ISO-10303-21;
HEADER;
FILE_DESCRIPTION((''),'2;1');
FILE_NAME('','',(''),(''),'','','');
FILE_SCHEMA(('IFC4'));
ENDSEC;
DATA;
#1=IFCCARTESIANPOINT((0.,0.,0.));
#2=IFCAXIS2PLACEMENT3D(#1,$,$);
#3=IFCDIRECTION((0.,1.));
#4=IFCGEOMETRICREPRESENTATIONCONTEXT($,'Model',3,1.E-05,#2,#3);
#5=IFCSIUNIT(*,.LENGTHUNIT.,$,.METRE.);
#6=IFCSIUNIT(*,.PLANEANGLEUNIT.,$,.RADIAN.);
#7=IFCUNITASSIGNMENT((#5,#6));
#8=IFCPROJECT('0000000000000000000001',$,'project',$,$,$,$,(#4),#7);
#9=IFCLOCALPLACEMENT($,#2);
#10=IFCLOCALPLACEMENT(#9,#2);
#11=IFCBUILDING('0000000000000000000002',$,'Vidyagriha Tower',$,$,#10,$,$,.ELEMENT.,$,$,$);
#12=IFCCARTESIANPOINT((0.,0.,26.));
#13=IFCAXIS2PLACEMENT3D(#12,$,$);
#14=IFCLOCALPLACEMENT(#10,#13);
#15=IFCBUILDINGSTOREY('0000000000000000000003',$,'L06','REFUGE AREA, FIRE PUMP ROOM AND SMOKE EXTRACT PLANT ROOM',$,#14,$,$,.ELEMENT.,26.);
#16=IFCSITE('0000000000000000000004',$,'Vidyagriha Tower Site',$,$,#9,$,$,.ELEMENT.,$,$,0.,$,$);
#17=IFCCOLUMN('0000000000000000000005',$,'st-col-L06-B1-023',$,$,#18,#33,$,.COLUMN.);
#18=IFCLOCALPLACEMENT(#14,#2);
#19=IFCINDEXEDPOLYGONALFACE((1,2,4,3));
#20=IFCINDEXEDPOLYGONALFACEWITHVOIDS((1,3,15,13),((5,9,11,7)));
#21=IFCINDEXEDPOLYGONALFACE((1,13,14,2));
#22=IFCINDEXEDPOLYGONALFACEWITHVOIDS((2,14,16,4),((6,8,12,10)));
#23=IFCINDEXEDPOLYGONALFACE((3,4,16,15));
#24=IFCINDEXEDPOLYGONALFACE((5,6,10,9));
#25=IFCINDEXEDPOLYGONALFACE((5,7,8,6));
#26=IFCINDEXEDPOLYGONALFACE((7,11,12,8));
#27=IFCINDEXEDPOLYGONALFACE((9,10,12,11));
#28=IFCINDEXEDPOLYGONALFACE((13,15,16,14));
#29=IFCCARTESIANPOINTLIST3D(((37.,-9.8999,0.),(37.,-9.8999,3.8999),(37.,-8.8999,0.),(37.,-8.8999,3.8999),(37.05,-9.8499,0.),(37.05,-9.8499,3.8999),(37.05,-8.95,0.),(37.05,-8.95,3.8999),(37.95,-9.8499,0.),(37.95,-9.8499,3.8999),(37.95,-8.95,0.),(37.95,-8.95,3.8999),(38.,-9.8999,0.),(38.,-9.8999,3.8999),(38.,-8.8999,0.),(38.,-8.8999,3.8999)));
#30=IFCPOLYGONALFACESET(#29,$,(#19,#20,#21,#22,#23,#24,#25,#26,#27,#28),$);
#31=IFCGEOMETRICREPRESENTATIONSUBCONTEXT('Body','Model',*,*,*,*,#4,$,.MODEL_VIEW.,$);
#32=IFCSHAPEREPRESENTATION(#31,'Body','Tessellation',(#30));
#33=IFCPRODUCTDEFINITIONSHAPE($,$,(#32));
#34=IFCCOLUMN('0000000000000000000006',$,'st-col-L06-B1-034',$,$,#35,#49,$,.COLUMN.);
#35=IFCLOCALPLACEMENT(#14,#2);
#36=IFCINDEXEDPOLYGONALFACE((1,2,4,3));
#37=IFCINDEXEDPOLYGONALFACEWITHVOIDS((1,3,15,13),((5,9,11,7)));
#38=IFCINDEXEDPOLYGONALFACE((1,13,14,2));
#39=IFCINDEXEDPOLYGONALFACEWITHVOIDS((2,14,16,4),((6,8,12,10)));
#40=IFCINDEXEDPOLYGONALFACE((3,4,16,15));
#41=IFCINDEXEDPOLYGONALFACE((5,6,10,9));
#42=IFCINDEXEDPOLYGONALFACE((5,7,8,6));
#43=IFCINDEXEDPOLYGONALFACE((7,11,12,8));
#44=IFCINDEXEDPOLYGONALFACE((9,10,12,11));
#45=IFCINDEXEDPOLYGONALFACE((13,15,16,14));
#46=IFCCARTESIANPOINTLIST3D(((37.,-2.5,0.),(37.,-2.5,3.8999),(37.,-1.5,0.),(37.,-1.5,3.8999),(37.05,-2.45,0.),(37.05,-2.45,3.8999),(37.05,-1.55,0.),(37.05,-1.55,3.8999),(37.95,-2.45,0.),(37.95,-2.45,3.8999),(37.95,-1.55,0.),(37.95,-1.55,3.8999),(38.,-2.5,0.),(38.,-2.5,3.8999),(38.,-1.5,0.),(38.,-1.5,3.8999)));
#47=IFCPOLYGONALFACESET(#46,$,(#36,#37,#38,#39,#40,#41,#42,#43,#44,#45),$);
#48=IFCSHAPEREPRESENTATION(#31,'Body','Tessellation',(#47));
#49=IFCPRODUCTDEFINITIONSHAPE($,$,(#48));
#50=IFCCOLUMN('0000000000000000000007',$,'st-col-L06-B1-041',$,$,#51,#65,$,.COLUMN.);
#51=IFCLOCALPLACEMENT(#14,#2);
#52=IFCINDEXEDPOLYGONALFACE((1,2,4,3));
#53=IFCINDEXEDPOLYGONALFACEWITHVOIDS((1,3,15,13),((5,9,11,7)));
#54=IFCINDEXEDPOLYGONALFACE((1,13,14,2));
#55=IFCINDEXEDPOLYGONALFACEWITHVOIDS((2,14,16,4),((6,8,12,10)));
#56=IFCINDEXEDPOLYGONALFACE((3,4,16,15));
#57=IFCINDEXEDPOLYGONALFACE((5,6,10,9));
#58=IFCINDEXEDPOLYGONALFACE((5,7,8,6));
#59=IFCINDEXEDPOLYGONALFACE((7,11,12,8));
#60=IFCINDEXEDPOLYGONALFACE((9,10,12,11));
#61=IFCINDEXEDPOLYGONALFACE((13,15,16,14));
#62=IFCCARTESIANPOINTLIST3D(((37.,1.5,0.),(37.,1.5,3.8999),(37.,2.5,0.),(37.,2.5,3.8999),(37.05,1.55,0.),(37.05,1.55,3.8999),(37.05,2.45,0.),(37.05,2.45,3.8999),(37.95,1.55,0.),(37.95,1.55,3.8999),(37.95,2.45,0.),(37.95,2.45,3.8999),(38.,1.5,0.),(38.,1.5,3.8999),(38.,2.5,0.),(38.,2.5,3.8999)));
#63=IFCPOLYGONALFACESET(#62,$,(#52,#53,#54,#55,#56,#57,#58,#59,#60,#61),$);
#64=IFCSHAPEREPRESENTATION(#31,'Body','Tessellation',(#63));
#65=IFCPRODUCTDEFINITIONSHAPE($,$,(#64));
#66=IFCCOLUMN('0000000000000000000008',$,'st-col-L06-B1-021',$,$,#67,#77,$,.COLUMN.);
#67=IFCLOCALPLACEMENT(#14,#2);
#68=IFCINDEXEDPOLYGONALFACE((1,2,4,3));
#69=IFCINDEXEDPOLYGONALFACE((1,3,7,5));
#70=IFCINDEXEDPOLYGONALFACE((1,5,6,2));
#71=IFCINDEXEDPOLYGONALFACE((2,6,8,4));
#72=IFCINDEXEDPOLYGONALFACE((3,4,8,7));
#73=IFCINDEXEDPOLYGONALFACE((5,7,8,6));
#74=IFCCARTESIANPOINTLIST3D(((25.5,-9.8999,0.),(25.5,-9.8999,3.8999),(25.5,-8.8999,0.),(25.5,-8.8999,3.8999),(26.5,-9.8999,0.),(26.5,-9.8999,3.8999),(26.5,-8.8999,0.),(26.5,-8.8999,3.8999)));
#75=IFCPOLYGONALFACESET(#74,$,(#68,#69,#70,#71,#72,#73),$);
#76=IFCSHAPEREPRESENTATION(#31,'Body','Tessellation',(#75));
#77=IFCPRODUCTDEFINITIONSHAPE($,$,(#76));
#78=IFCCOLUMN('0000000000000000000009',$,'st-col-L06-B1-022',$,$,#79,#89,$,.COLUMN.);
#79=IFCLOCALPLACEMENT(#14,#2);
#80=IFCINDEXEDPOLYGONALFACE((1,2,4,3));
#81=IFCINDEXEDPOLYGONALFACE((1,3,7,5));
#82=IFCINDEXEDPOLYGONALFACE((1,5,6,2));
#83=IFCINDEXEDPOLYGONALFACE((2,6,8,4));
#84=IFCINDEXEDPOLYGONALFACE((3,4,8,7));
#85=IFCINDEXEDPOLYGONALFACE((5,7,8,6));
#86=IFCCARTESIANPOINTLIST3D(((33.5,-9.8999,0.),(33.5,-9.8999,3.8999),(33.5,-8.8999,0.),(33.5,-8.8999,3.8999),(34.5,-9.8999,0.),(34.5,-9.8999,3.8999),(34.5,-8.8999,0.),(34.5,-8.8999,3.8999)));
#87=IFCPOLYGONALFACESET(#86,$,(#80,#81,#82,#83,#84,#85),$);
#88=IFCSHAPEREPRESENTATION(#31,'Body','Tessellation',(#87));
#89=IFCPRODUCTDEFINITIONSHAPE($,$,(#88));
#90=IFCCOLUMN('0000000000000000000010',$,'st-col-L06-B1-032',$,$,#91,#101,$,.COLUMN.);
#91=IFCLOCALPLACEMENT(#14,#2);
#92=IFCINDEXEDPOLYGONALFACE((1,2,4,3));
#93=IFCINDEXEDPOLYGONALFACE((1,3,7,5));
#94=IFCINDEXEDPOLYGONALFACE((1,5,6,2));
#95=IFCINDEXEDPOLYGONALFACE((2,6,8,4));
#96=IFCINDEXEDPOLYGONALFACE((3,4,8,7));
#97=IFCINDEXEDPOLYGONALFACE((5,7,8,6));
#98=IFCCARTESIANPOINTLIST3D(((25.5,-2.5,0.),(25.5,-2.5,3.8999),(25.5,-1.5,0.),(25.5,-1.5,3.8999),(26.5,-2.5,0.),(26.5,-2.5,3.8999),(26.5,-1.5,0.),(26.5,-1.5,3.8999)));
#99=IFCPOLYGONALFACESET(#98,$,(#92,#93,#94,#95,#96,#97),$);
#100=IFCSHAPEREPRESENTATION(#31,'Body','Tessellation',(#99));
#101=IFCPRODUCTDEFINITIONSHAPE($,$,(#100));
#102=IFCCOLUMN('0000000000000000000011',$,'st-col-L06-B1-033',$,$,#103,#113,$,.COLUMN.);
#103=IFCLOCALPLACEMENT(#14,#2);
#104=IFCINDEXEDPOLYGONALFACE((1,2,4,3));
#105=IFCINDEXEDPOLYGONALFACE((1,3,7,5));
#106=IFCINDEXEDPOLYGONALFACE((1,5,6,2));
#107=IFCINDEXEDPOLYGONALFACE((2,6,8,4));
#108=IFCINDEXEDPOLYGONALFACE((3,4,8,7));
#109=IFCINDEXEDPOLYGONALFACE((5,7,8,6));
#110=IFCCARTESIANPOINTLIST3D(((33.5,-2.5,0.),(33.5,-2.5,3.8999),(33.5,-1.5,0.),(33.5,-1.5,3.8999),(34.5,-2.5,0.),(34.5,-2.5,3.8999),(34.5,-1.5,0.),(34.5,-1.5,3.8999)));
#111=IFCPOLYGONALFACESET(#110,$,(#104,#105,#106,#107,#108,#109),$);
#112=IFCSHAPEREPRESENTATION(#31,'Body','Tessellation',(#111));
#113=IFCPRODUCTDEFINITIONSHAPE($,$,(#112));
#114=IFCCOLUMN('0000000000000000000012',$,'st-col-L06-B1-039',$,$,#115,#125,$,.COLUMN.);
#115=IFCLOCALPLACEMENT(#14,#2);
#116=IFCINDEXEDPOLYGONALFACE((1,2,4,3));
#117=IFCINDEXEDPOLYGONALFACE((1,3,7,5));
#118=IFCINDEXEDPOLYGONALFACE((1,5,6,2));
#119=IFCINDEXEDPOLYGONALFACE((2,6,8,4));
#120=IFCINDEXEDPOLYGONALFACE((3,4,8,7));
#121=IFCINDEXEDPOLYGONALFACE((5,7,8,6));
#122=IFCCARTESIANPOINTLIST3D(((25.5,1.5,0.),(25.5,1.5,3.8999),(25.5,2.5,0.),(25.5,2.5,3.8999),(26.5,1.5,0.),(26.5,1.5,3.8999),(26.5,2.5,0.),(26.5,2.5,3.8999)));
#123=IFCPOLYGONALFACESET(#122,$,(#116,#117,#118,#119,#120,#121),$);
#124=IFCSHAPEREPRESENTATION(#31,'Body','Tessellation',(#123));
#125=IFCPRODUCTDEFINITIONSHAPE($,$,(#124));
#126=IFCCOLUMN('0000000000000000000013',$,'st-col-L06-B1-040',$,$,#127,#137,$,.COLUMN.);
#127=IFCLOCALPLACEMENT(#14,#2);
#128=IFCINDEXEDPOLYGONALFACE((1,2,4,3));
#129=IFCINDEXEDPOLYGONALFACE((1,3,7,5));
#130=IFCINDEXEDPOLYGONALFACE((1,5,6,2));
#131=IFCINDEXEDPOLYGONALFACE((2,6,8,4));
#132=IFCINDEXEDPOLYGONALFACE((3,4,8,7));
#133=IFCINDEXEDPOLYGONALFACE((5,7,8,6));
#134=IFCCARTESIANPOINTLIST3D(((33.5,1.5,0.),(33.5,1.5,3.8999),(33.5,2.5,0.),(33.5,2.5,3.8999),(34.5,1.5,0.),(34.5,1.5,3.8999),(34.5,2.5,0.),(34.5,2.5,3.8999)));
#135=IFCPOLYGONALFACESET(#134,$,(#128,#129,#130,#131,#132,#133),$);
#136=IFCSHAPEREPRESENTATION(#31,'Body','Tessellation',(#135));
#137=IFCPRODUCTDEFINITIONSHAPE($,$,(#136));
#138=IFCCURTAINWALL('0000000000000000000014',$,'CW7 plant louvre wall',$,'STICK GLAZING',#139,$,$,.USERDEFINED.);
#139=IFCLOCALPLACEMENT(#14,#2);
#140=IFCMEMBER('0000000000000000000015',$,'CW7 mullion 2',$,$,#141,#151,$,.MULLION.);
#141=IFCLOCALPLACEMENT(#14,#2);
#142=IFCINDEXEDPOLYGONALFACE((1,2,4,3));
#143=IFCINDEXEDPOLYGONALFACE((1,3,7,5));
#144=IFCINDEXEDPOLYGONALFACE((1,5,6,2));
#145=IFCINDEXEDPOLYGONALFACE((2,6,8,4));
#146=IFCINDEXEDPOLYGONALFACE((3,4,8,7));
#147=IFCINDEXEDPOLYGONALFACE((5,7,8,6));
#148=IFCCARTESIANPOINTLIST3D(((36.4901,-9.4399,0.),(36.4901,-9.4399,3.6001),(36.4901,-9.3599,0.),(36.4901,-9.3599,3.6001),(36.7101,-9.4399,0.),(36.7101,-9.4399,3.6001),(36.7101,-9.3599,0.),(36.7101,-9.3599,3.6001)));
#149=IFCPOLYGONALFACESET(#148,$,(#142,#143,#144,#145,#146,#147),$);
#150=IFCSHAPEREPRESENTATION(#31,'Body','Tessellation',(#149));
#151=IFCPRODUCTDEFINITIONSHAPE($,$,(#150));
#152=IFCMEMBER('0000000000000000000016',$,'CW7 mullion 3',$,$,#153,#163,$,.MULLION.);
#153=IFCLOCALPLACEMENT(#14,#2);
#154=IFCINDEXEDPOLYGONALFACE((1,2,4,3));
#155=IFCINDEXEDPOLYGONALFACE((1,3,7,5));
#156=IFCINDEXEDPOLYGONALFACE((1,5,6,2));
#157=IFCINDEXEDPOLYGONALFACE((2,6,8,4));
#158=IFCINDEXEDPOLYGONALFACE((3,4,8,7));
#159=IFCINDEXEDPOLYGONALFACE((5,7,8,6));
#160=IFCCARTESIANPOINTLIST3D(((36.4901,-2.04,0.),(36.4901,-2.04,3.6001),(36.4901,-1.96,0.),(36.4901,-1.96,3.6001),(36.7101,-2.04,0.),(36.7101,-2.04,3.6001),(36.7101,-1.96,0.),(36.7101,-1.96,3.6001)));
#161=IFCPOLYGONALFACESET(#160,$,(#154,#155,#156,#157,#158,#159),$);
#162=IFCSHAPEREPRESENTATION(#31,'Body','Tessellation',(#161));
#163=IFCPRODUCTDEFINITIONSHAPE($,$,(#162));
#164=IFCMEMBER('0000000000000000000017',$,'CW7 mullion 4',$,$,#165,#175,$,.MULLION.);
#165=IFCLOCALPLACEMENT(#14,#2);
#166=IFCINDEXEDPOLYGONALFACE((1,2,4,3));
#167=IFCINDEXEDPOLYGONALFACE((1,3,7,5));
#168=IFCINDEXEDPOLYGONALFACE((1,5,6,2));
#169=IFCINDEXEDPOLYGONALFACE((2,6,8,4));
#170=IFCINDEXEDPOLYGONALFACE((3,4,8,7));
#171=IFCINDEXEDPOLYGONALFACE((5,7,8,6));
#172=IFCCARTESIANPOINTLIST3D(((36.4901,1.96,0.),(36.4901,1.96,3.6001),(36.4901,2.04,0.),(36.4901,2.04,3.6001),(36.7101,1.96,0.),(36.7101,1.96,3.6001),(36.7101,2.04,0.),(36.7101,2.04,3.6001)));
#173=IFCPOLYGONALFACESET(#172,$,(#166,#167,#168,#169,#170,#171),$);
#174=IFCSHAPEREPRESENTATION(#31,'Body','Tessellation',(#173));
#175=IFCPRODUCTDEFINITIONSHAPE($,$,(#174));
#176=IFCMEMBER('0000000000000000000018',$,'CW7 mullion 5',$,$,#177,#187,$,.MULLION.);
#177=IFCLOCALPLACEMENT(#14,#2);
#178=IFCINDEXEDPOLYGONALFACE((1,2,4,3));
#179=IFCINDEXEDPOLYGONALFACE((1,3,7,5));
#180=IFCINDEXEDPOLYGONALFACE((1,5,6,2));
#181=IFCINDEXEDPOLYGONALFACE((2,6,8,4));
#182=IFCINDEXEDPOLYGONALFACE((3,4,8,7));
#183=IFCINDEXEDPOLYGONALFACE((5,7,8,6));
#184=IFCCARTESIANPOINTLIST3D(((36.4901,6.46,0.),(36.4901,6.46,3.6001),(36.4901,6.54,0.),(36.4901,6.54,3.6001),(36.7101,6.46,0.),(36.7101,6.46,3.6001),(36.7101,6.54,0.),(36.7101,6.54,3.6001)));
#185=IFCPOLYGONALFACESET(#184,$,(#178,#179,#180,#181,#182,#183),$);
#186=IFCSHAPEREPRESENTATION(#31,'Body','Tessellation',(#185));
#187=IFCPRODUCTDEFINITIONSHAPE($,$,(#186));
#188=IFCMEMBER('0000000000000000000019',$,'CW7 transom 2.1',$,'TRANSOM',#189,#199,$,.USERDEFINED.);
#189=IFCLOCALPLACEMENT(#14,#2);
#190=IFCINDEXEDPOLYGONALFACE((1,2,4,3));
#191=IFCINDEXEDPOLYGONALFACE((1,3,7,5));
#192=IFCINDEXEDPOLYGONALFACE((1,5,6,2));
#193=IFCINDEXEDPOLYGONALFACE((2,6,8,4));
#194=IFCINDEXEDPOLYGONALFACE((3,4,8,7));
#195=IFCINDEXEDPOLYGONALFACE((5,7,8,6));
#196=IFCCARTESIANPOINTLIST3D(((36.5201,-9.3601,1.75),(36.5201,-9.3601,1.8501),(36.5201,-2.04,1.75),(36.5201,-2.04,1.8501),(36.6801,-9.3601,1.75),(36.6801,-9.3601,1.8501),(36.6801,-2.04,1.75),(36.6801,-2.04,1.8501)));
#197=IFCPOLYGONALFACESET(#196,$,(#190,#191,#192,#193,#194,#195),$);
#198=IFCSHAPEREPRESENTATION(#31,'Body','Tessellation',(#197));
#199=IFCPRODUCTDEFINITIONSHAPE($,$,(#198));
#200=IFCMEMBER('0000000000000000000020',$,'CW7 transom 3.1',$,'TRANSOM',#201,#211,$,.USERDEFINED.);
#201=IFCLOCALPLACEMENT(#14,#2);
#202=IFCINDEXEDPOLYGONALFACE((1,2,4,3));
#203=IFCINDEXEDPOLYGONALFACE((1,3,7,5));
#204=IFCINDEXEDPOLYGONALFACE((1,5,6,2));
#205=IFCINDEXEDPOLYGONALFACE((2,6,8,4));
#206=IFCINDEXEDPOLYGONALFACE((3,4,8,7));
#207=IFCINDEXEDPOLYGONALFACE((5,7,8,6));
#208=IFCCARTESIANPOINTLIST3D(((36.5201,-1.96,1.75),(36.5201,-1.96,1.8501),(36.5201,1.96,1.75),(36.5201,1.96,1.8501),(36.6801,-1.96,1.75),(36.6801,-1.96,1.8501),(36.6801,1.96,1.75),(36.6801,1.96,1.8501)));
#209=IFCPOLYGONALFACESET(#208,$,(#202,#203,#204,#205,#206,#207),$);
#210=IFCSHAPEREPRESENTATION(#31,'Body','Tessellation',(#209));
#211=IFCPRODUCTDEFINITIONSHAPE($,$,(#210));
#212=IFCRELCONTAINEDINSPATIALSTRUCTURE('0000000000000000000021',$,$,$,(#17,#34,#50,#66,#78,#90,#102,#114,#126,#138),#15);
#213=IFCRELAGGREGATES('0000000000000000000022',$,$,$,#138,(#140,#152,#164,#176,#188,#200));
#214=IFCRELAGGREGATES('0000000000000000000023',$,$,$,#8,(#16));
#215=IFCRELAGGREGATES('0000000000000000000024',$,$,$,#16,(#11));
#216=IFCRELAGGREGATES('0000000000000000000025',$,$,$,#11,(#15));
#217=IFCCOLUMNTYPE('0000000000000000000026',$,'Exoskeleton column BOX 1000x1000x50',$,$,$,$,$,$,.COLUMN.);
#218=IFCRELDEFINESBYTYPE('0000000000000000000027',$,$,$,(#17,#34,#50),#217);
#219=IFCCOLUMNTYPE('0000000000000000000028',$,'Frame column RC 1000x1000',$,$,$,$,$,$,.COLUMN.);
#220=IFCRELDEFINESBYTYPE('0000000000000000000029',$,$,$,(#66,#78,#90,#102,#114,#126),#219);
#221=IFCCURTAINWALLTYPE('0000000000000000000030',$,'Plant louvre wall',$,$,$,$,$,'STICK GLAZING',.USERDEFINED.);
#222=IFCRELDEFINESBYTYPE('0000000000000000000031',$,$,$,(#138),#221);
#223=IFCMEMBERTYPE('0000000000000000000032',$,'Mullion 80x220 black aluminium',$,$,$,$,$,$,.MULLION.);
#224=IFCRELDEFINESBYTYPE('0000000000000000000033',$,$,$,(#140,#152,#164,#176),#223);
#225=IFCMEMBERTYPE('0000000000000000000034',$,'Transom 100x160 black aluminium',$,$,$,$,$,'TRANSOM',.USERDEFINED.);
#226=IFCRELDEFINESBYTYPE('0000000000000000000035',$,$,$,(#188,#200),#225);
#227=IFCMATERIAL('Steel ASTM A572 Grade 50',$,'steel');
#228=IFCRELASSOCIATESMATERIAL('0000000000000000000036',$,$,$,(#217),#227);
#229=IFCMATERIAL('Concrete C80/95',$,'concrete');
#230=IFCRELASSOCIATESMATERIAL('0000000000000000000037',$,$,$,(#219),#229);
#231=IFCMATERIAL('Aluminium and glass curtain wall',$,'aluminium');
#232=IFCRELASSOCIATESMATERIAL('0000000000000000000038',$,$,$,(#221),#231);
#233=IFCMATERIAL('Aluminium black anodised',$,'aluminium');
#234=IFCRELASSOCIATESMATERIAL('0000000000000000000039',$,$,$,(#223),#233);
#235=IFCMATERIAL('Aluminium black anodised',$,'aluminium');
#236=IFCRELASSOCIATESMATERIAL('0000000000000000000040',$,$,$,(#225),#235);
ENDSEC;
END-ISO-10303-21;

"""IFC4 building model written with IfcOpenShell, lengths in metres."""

from ifc_helpers import new_model, si_unit, direction, frame, origin, origin_2d, place, context, subcontext, project, spatial, rectangle, hollow_rectangle, extrude, material, material_profile, profile_set, type_object, element, aggregate, save


model = new_model("IFC4")

# Units and contexts
model_context = context("Model", 3, precision=1e-05, world=origin(), true_north=direction((0.0, 1.0)))
body_context = subcontext(model_context, "Body", "Model", "MODEL_VIEW")
ifc_project = project(units=[si_unit("LENGTHUNIT", "METRE"), si_unit("PLANEANGLEUNIT", "RADIAN")], contexts=[model_context])

# Site, building, storey
site_placement = place(None, origin())
site = spatial("IfcSite", under=ifc_project, at=site_placement, Name="Vidyagriha Tower Site", CompositionType="ELEMENT", RefElevation=0.0)
building_placement = place(site_placement, origin())
building = spatial("IfcBuilding", under=site, at=building_placement, Name="Vidyagriha Tower", CompositionType="ELEMENT")
storey_placement = place(building_placement, frame((0.0, 0.0, 26.0)))
storey = spatial("IfcBuildingStorey", under=building, at=storey_placement, Name="L06", Description="REFUGE AREA, FIRE PUMP ROOM AND SMOKE EXTRACT PLANT ROOM", CompositionType="ELEMENT", Elevation=26.0)

# Columns
ifc_material_1 = material(Name="Steel ASTM A572 Grade 50", Category="steel")
ifc_material_profile_1 = material_profile(ifc_material_1, hollow_rectangle(XDim=1.0, YDim=1.0, WallThickness=0.05, at=origin_2d()), Name="BOX 1000x1000x50")
ifc_profile_set_1 = profile_set([ifc_material_profile_1], Name="Steel ASTM A572 Grade 50")
column_type_1 = type_object("IfcColumnType", Name="Exoskeleton column BOX 1000x1000x50", PredefinedType="COLUMN", material=ifc_profile_set_1)
for number, where, name in (
    (1, (37.5, -9.3999, 0.0), "st-col-L06-B1-023"),
    (2, (37.5, -2.0, 0.0), "st-col-L06-B1-034"),
    (3, (37.5, 2.0, 0.0), "st-col-L06-B1-041"),
):
    element("IfcColumn", number, at=place(storey_placement, frame(where)), inside=storey, type_object=column_type_1, Name=name, PredefinedType="COLUMN", context=body_context, shape_type="SweptSolid", body=[
        extrude(hollow_rectangle(XDim=1.0, YDim=1.0, WallThickness=0.05, at=origin_2d()), origin(), (0.0, 0.0, 1.0), 3.8999),
    ])
ifc_material_2 = material(Name="Concrete C80/95", Category="concrete")
ifc_material_profile_2 = material_profile(ifc_material_2, rectangle(XDim=1.0, YDim=1.0, at=origin_2d()), Name="RC 1000x1000")
ifc_profile_set_2 = profile_set([ifc_material_profile_2], Name="Concrete C80/95")
column_type_2 = type_object("IfcColumnType", Name="Frame column RC 1000x1000", PredefinedType="COLUMN", material=ifc_profile_set_2)
for number, where, name in (
    (4, (26.0, -9.3999, 0.0), "st-col-L06-B1-021"),
    (5, (34.0, -9.3999, 0.0), "st-col-L06-B1-022"),
    (6, (26.0, -2.0, 0.0), "st-col-L06-B1-032"),
    (7, (34.0, -2.0, 0.0), "st-col-L06-B1-033"),
    (8, (26.0, 2.0, 0.0), "st-col-L06-B1-039"),
    (9, (34.0, 2.0, 0.0), "st-col-L06-B1-040"),
):
    element("IfcColumn", number, at=place(storey_placement, frame(where)), inside=storey, type_object=column_type_2, Name=name, PredefinedType="COLUMN", context=body_context, shape_type="SweptSolid", body=[
        extrude(rectangle(XDim=1.0, YDim=1.0, at=origin_2d()), origin(), (0.0, 0.0, 1.0), 3.8999),
    ])

# Curtain wall, members
ifc_material_3 = material(Name="Aluminium and glass curtain wall", Category="aluminium")
curtain_wall_type = type_object("IfcCurtainWallType", Name="Plant louvre wall", ElementType="STICK GLAZING", PredefinedType="USERDEFINED", material=ifc_material_3)
curtain_wall_placement = place(storey_placement, origin())
curtain_wall = element("IfcCurtainWall", 10, at=curtain_wall_placement, inside=storey, type_object=curtain_wall_type, Name="CW7 plant louvre wall", ObjectType="STICK GLAZING", PredefinedType="USERDEFINED")
ifc_material_4 = material(Name="Aluminium black anodised", Category="aluminium")
ifc_material_profile_3 = material_profile(ifc_material_4, rectangle(XDim=0.22, YDim=0.0801, at=origin_2d()), Name="Mullion 80x220 black aluminium")
ifc_profile_set_3 = profile_set([ifc_material_profile_3], Name="Aluminium black anodised")
member_type_1 = type_object("IfcMemberType", Name="Mullion 80x220 black aluminium", PredefinedType="MULLION", material=ifc_profile_set_3)
member_1_placement = place(storey_placement, frame((36.6001, -9.3999, 0.0), z_axis=(0.0, 0.0, 1.0), x_axis=(-1.0, 0.0, 0.0)))
member_1 = element("IfcMember", 11, at=member_1_placement, type_object=member_type_1, Name="CW7 mullion 2", PredefinedType="MULLION", context=body_context, shape_type="SweptSolid", body=[
    extrude(rectangle(XDim=0.22, YDim=0.0801, at=origin_2d()), origin(), (0.0, 0.0, 1.0), 3.6001),
])
member_2_placement = place(storey_placement, frame((36.6001, -2.0, 0.0), z_axis=(0.0, 0.0, 1.0), x_axis=(-1.0, 0.0, 0.0)))
member_2 = element("IfcMember", 12, at=member_2_placement, type_object=member_type_1, Name="CW7 mullion 3", PredefinedType="MULLION", context=body_context, shape_type="SweptSolid", body=[
    extrude(rectangle(XDim=0.22, YDim=0.0801, at=origin_2d()), origin(), (0.0, 0.0, 1.0), 3.6001),
])
member_3_placement = place(storey_placement, frame((36.6001, 2.0, 0.0), z_axis=(0.0, 0.0, 1.0), x_axis=(-1.0, 0.0, 0.0)))
member_3 = element("IfcMember", 13, at=member_3_placement, type_object=member_type_1, Name="CW7 mullion 4", PredefinedType="MULLION", context=body_context, shape_type="SweptSolid", body=[
    extrude(rectangle(XDim=0.22, YDim=0.0801, at=origin_2d()), origin(), (0.0, 0.0, 1.0), 3.6001),
])
member_4_placement = place(storey_placement, frame((36.6001, 6.5, 0.0), z_axis=(0.0, 0.0, 1.0), x_axis=(-1.0, 0.0, 0.0)))
member_4 = element("IfcMember", 14, at=member_4_placement, type_object=member_type_1, Name="CW7 mullion 5", PredefinedType="MULLION", context=body_context, shape_type="SweptSolid", body=[
    extrude(rectangle(XDim=0.22, YDim=0.0801, at=origin_2d()), origin(), (0.0, 0.0, 1.0), 3.6001),
])
ifc_material_5 = material(Name="Aluminium black anodised", Category="aluminium")
ifc_material_profile_4 = material_profile(ifc_material_5, rectangle(XDim=0.1599, YDim=0.1001, at=origin_2d()), Name="Transom 100x160 black aluminium")
ifc_profile_set_4 = profile_set([ifc_material_profile_4], Name="Aluminium black anodised")
member_type_2 = type_object("IfcMemberType", Name="Transom 100x160 black aluminium", ElementType="TRANSOM", PredefinedType="USERDEFINED", material=ifc_profile_set_4)
member_5_placement = place(storey_placement, frame((36.6001, -9.3601, 1.8), z_axis=(0.0, 1.0, 0.0), x_axis=(-1.0, 0.0, 0.0)))
member_5 = element("IfcMember", 15, at=member_5_placement, type_object=member_type_2, Name="CW7 transom 2.1", ObjectType="TRANSOM", PredefinedType="USERDEFINED", context=body_context, shape_type="SweptSolid", body=[
    extrude(rectangle(XDim=0.1599, YDim=0.1001, at=origin_2d()), origin(), (0.0, 0.0, 1.0), 7.3201),
])
member_6_placement = place(storey_placement, frame((36.6001, -1.96, 1.8), z_axis=(0.0, 1.0, 0.0), x_axis=(-1.0, 0.0, 0.0)))
member_6 = element("IfcMember", 16, at=member_6_placement, type_object=member_type_2, Name="CW7 transom 3.1", ObjectType="TRANSOM", PredefinedType="USERDEFINED", context=body_context, shape_type="SweptSolid", body=[
    extrude(rectangle(XDim=0.1599, YDim=0.1001, at=origin_2d()), origin(), (0.0, 0.0, 1.0), 3.9199),
])
aggregate(curtain_wall, [member_1, member_2, member_3, member_4, member_5, member_6])

save(model, "model.ifc")
